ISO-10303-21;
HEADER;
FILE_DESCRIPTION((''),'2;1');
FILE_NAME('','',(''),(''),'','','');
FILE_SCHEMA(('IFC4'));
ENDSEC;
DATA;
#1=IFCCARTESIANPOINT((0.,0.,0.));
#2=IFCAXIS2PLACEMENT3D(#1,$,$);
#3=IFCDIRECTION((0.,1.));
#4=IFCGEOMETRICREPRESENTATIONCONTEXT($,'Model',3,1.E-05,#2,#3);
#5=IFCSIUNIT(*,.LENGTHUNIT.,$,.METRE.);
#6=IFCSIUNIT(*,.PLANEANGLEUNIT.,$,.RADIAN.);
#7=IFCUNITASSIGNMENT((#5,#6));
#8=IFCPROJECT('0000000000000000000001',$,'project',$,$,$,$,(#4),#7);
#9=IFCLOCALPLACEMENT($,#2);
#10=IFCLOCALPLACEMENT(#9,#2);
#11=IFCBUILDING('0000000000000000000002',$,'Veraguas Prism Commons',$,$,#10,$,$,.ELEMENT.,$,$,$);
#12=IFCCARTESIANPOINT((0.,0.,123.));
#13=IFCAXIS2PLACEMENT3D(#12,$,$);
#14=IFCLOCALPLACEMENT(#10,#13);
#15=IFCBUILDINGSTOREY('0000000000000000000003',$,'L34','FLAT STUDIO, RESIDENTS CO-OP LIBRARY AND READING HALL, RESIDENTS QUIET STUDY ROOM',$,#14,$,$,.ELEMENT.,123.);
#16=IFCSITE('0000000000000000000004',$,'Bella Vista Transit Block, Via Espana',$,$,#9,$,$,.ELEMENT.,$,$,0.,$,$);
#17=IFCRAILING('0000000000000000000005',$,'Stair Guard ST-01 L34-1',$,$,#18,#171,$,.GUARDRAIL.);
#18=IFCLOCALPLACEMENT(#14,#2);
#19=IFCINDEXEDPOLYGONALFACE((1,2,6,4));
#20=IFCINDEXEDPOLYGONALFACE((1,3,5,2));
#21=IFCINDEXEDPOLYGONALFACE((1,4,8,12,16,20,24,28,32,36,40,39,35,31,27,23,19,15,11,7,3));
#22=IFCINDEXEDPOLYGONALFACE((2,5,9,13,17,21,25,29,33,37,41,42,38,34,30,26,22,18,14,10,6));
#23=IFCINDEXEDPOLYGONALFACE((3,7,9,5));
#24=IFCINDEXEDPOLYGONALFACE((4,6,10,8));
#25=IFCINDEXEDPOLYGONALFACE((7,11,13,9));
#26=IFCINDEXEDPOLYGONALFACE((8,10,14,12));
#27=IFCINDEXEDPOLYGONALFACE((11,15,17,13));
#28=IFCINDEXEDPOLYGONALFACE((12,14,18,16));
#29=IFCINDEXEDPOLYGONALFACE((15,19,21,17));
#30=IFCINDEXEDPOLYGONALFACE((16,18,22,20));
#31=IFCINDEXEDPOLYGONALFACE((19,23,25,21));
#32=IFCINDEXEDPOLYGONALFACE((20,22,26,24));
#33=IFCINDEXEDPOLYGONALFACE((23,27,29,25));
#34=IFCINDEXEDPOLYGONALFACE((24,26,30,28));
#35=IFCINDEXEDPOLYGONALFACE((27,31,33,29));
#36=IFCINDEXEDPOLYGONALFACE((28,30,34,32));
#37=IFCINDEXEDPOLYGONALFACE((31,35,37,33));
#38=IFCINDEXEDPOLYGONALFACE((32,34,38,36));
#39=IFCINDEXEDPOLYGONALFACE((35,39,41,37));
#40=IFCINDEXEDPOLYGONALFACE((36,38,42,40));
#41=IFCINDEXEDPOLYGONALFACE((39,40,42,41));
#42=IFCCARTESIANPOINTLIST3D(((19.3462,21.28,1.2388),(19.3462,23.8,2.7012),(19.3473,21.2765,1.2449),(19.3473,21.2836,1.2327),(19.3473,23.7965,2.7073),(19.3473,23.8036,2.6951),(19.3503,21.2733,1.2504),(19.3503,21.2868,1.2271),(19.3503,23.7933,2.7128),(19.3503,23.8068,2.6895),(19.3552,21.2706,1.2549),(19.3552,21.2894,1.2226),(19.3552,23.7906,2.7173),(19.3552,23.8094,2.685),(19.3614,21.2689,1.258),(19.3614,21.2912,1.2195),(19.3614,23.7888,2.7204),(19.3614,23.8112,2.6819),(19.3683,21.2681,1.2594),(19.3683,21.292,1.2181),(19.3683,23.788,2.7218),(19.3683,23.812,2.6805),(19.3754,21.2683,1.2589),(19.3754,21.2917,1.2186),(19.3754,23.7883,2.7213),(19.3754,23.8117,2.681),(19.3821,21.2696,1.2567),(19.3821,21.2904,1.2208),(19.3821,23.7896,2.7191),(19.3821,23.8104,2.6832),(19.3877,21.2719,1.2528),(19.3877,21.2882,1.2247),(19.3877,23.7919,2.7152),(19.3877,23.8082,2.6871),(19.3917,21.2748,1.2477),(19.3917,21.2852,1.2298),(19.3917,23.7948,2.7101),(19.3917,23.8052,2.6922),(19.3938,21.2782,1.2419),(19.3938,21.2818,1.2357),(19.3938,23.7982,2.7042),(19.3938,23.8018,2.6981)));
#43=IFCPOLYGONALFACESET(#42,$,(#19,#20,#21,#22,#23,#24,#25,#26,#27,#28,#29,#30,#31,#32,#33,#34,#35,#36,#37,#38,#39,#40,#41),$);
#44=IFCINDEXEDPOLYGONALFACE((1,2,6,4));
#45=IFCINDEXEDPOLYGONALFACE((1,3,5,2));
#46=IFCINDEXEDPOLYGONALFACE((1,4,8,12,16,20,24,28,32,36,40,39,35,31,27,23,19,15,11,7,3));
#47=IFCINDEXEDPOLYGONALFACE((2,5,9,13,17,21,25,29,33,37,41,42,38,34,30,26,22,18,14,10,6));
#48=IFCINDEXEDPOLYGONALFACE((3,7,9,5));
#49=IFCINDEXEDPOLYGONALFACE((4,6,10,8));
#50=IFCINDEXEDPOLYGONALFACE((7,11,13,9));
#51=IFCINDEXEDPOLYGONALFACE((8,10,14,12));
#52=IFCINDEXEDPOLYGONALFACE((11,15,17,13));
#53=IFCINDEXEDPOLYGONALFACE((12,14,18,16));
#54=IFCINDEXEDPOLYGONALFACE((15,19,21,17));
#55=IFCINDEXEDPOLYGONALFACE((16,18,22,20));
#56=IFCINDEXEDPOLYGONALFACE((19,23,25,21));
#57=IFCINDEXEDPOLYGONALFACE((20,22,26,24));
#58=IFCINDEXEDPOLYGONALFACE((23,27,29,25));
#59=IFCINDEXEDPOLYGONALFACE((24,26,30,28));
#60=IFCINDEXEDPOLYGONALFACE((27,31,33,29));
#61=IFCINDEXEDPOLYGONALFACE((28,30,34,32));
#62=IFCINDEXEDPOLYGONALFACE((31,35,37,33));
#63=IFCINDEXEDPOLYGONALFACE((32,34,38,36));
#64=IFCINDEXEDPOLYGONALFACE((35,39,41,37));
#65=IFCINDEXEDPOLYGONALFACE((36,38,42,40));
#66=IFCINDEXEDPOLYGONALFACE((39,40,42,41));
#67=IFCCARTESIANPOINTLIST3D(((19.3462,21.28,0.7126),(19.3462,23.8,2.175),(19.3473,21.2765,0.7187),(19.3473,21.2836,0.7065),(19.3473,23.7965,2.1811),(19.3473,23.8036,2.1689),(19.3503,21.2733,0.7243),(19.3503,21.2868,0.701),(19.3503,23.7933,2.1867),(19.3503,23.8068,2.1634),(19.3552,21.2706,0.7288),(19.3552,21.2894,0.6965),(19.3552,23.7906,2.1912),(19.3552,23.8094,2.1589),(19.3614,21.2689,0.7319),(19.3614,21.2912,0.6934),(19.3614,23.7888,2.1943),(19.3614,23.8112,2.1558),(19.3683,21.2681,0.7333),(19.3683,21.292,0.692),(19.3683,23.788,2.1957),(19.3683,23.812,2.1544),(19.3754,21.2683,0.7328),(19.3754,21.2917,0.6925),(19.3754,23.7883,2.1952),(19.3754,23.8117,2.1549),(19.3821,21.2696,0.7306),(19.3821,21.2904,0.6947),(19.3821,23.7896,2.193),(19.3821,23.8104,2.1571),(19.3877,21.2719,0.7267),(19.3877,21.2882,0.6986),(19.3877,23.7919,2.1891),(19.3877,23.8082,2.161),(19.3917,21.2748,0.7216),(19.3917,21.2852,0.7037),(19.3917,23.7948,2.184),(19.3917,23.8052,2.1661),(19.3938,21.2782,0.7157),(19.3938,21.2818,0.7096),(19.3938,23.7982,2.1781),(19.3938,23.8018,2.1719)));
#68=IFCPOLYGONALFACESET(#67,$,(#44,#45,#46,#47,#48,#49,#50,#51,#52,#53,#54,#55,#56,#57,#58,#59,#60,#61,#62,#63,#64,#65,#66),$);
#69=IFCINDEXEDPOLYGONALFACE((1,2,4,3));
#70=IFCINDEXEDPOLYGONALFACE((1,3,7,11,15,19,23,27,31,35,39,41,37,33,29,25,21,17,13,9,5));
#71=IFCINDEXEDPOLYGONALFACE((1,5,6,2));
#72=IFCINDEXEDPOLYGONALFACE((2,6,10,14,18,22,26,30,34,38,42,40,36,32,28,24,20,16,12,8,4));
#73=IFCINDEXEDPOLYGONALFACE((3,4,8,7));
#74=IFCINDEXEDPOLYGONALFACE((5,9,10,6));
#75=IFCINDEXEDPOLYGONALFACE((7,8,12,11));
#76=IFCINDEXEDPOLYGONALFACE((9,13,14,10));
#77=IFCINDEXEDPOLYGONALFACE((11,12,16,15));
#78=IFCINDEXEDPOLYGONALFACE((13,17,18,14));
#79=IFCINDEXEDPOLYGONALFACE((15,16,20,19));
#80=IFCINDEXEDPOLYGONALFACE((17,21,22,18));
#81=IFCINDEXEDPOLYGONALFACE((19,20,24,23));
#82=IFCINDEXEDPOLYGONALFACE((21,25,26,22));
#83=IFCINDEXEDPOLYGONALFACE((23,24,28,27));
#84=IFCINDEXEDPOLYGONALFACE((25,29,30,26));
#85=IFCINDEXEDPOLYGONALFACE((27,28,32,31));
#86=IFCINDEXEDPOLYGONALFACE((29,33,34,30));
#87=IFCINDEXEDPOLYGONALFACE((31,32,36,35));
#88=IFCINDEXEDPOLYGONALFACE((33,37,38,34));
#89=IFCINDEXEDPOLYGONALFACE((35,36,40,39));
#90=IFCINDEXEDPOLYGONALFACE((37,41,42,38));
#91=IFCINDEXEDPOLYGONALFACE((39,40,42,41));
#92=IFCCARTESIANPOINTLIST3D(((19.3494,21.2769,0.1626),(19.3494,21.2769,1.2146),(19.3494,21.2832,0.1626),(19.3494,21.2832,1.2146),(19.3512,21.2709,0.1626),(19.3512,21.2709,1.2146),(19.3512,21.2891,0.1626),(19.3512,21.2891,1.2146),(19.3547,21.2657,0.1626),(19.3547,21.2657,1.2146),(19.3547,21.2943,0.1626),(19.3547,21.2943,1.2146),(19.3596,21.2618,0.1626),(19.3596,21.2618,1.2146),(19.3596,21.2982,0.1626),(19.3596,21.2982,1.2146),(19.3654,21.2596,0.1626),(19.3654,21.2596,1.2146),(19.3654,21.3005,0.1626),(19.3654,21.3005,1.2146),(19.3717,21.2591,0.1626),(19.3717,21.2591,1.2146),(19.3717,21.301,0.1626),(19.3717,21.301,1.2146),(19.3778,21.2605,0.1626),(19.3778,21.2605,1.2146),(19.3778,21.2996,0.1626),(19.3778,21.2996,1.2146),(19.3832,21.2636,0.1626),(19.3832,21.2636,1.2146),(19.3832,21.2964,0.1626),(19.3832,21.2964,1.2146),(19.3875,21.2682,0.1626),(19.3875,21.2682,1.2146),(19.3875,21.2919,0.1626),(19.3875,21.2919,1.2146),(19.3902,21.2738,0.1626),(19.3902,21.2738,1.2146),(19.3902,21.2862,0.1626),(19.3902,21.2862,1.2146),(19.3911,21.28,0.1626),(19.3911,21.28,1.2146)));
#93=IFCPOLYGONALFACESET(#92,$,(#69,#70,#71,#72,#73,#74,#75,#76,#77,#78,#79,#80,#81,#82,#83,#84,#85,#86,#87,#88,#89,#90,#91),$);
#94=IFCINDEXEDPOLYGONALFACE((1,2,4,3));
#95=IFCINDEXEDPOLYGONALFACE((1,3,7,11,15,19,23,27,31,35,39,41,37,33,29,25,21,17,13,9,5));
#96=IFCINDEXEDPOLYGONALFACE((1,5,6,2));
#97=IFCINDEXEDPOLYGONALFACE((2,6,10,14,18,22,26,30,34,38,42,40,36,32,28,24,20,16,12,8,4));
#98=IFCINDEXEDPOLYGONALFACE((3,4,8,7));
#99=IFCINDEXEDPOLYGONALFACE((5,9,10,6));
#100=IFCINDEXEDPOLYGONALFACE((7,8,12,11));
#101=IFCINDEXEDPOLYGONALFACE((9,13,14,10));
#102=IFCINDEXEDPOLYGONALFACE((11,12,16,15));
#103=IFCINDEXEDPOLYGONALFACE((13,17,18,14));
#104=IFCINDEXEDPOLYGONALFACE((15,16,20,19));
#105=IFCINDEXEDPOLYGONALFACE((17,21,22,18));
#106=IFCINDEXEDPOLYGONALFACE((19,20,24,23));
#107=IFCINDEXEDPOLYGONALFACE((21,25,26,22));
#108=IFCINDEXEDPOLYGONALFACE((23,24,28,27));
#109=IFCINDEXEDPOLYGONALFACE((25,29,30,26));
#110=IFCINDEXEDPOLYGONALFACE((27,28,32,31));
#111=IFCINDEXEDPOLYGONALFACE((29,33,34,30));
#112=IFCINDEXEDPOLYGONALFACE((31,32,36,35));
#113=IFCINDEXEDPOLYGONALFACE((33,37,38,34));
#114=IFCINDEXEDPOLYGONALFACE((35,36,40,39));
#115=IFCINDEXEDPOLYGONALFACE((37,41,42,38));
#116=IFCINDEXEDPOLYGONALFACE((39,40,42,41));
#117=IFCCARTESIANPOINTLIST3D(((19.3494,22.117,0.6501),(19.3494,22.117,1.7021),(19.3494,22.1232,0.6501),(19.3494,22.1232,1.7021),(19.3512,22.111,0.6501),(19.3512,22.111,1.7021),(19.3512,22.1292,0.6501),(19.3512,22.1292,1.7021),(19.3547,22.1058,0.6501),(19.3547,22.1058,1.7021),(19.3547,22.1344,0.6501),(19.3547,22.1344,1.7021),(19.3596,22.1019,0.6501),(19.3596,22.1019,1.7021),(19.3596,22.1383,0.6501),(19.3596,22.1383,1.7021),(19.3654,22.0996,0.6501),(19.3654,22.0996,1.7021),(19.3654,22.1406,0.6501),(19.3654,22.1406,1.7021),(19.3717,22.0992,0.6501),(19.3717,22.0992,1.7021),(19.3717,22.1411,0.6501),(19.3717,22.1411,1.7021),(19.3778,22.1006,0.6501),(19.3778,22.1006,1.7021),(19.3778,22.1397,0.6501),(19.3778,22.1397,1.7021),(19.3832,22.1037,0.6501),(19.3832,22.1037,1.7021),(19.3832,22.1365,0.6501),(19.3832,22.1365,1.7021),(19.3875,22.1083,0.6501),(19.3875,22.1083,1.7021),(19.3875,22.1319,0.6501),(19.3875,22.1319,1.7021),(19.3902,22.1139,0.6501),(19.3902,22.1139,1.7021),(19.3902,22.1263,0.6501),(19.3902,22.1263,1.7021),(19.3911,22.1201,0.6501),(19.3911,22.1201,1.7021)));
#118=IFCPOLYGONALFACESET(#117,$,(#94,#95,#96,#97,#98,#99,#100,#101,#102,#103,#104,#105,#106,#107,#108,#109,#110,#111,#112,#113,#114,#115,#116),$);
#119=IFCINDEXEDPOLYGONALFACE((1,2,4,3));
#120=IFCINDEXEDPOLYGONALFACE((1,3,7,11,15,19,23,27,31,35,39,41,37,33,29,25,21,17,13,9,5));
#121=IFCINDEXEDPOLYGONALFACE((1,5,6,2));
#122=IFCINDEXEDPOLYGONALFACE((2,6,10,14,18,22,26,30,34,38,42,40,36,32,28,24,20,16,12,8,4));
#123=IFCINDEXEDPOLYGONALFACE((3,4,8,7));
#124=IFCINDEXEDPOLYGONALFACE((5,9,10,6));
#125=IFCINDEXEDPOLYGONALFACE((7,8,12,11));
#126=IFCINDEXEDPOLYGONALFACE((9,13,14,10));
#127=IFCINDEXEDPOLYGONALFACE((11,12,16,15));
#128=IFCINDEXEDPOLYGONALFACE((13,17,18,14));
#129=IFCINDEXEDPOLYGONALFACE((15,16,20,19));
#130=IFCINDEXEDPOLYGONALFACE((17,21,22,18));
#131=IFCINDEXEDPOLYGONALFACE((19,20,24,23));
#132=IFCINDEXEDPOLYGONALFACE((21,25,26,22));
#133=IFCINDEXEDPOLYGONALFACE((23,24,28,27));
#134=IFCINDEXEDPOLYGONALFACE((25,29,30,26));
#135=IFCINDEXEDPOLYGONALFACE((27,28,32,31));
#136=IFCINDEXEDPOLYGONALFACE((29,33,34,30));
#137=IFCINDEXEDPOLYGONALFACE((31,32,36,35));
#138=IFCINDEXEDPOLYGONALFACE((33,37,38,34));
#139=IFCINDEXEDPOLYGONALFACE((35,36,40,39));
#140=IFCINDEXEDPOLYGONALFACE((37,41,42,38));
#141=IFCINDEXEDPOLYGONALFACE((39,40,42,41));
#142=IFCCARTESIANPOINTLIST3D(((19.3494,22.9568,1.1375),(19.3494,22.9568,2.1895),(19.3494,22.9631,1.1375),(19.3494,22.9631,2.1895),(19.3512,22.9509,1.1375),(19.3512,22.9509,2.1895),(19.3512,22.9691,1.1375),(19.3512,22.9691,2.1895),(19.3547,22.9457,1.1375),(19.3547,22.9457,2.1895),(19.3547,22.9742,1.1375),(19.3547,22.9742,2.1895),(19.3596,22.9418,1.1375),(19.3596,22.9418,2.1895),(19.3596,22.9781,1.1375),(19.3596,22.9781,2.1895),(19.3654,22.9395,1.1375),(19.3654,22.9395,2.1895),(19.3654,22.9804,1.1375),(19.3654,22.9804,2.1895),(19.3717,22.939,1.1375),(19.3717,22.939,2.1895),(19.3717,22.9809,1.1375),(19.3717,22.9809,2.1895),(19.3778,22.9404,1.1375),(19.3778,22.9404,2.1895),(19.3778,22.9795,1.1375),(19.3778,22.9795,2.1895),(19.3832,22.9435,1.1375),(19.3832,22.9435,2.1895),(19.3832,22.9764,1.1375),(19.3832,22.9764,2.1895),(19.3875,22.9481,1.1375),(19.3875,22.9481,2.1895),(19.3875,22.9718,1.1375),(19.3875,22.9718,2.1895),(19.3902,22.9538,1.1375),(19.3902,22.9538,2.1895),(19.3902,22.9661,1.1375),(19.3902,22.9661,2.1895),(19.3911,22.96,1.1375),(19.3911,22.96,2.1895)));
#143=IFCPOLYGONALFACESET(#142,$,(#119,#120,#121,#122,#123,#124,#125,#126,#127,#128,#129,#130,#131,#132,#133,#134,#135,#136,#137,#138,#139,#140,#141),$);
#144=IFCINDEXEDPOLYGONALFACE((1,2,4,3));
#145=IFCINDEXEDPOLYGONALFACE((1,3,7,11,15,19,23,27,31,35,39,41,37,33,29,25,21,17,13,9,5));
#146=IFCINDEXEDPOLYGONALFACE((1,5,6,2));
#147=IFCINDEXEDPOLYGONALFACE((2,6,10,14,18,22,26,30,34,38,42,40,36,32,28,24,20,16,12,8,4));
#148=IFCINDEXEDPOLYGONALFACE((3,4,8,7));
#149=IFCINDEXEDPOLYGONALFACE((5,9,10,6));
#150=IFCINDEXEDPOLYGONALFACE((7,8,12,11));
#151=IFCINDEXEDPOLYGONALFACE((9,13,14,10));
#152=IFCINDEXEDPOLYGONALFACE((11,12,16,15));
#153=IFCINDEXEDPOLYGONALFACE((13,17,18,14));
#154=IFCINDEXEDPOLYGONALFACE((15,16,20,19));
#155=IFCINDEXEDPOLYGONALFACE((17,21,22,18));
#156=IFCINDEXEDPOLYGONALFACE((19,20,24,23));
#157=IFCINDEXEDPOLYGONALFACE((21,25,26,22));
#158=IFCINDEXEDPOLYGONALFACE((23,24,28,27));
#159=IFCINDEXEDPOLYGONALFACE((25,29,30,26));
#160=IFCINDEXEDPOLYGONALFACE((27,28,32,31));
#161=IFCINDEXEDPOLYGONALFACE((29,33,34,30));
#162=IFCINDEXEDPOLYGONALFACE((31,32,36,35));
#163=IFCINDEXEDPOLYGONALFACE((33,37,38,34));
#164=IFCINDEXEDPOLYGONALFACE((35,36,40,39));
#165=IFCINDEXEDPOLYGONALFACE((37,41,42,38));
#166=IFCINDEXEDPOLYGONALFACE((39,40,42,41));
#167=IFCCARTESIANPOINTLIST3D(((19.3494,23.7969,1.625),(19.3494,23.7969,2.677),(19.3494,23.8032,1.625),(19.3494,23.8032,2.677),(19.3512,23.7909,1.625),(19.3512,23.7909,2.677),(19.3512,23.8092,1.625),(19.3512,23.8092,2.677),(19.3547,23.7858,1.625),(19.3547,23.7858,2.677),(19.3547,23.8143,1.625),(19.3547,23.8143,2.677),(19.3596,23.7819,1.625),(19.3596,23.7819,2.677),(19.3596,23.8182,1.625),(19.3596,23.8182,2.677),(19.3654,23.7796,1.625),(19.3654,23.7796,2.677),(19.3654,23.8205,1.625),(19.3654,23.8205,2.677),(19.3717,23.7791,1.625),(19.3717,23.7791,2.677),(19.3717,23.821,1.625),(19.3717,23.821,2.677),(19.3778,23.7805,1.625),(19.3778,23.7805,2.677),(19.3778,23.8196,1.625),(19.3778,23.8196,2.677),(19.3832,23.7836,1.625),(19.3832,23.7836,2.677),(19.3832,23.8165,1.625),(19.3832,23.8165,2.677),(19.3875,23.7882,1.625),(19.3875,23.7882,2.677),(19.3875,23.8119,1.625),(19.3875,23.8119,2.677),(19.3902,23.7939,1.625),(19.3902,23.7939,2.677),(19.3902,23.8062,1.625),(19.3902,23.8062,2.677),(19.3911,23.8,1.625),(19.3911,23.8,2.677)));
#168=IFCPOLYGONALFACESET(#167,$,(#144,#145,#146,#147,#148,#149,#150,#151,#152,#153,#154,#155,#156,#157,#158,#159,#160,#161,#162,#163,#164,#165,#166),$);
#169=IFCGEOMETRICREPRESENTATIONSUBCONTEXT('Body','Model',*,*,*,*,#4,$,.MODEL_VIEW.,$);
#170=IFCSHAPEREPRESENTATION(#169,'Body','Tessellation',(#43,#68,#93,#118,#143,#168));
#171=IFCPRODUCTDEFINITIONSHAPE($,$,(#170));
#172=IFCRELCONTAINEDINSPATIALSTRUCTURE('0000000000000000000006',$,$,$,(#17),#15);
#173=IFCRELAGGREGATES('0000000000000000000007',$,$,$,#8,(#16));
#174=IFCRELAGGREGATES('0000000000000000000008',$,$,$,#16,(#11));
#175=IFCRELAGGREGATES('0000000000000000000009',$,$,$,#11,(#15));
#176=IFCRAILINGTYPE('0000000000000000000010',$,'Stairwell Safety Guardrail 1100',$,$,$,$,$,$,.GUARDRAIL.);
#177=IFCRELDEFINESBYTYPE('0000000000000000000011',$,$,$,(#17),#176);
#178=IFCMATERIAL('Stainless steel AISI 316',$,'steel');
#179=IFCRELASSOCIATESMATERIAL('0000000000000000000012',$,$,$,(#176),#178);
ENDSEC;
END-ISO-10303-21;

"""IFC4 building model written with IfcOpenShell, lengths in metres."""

from ifc_helpers import new_model, si_unit, direction, frame, origin, origin_2d, place, context, subcontext, project, spatial, circle, extrude, material, type_object, element, save


model = new_model("IFC4")

# Units and contexts
model_context = context("Model", 3, precision=1e-05, world=origin(), true_north=direction((0.0, 1.0)))
body_context = subcontext(model_context, "Body", "Model", "MODEL_VIEW")
ifc_project = project(units=[si_unit("LENGTHUNIT", "METRE"), si_unit("PLANEANGLEUNIT", "RADIAN")], contexts=[model_context])

# Site, building, storey
site_placement = place(None, origin())
site = spatial("IfcSite", under=ifc_project, at=site_placement, Name="Bella Vista Transit Block, Via Espana", CompositionType="ELEMENT", RefElevation=0.0)
building_placement = place(site_placement, origin())
building = spatial("IfcBuilding", under=site, at=building_placement, Name="Veraguas Prism Commons", CompositionType="ELEMENT")
storey_placement = place(building_placement, frame((0.0, 0.0, 123.0)))
storey = spatial("IfcBuildingStorey", under=building, at=storey_placement, Name="L34", Description="FLAT STUDIO, RESIDENTS CO-OP LIBRARY AND READING HALL, RESIDENTS QUIET STUDY ROOM", CompositionType="ELEMENT", Elevation=123.0)

# Railing
ifc_material_1 = material(Name="Stainless steel AISI 316", Category="steel")
railing_type_1 = type_object("IfcRailingType", Name="Stairwell Safety Guardrail 1100", PredefinedType="GUARDRAIL", material=ifc_material_1)
railing_1_placement = place(storey_placement, frame((19.3701, 21.28, 0.1626)))
element("IfcRailing", 1, at=railing_1_placement, inside=storey, type_object=railing_type_1, Name="Stair Guard ST-01 L34-1", PredefinedType="GUARDRAIL", context=body_context, shape_type="SweptSolid", body=[
    extrude(circle(Radius=0.0239, at=origin_2d()), frame((0.0, 0.0, 1.0762), z_axis=(0.0, 0.864913, 0.501921), x_axis=(-1.0, 0.0, 0.0)), (0.0, 0.0, 1.0), 2.9136),
    extrude(circle(Radius=0.0239, at=origin_2d()), frame((0.0, 0.0, 0.55), z_axis=(0.0, 0.864913, 0.501921), x_axis=(-1.0, 0.0, 0.0)), (0.0, 0.0, 1.0), 2.9136),
    extrude(circle(Radius=0.021, at=origin_2d()), origin(), (0.0, 0.0, 1.0), 1.052),
    extrude(circle(Radius=0.021, at=origin_2d()), frame((0.0, 0.8401, 0.4875)), (0.0, 0.0, 1.0), 1.052),
    extrude(circle(Radius=0.021, at=origin_2d()), frame((0.0, 1.6799, 0.9749)), (0.0, 0.0, 1.0), 1.052),
    extrude(circle(Radius=0.021, at=origin_2d()), frame((0.0, 2.52, 1.4624)), (0.0, 0.0, 1.0), 1.052),
])

save(model, "model.ifc")
